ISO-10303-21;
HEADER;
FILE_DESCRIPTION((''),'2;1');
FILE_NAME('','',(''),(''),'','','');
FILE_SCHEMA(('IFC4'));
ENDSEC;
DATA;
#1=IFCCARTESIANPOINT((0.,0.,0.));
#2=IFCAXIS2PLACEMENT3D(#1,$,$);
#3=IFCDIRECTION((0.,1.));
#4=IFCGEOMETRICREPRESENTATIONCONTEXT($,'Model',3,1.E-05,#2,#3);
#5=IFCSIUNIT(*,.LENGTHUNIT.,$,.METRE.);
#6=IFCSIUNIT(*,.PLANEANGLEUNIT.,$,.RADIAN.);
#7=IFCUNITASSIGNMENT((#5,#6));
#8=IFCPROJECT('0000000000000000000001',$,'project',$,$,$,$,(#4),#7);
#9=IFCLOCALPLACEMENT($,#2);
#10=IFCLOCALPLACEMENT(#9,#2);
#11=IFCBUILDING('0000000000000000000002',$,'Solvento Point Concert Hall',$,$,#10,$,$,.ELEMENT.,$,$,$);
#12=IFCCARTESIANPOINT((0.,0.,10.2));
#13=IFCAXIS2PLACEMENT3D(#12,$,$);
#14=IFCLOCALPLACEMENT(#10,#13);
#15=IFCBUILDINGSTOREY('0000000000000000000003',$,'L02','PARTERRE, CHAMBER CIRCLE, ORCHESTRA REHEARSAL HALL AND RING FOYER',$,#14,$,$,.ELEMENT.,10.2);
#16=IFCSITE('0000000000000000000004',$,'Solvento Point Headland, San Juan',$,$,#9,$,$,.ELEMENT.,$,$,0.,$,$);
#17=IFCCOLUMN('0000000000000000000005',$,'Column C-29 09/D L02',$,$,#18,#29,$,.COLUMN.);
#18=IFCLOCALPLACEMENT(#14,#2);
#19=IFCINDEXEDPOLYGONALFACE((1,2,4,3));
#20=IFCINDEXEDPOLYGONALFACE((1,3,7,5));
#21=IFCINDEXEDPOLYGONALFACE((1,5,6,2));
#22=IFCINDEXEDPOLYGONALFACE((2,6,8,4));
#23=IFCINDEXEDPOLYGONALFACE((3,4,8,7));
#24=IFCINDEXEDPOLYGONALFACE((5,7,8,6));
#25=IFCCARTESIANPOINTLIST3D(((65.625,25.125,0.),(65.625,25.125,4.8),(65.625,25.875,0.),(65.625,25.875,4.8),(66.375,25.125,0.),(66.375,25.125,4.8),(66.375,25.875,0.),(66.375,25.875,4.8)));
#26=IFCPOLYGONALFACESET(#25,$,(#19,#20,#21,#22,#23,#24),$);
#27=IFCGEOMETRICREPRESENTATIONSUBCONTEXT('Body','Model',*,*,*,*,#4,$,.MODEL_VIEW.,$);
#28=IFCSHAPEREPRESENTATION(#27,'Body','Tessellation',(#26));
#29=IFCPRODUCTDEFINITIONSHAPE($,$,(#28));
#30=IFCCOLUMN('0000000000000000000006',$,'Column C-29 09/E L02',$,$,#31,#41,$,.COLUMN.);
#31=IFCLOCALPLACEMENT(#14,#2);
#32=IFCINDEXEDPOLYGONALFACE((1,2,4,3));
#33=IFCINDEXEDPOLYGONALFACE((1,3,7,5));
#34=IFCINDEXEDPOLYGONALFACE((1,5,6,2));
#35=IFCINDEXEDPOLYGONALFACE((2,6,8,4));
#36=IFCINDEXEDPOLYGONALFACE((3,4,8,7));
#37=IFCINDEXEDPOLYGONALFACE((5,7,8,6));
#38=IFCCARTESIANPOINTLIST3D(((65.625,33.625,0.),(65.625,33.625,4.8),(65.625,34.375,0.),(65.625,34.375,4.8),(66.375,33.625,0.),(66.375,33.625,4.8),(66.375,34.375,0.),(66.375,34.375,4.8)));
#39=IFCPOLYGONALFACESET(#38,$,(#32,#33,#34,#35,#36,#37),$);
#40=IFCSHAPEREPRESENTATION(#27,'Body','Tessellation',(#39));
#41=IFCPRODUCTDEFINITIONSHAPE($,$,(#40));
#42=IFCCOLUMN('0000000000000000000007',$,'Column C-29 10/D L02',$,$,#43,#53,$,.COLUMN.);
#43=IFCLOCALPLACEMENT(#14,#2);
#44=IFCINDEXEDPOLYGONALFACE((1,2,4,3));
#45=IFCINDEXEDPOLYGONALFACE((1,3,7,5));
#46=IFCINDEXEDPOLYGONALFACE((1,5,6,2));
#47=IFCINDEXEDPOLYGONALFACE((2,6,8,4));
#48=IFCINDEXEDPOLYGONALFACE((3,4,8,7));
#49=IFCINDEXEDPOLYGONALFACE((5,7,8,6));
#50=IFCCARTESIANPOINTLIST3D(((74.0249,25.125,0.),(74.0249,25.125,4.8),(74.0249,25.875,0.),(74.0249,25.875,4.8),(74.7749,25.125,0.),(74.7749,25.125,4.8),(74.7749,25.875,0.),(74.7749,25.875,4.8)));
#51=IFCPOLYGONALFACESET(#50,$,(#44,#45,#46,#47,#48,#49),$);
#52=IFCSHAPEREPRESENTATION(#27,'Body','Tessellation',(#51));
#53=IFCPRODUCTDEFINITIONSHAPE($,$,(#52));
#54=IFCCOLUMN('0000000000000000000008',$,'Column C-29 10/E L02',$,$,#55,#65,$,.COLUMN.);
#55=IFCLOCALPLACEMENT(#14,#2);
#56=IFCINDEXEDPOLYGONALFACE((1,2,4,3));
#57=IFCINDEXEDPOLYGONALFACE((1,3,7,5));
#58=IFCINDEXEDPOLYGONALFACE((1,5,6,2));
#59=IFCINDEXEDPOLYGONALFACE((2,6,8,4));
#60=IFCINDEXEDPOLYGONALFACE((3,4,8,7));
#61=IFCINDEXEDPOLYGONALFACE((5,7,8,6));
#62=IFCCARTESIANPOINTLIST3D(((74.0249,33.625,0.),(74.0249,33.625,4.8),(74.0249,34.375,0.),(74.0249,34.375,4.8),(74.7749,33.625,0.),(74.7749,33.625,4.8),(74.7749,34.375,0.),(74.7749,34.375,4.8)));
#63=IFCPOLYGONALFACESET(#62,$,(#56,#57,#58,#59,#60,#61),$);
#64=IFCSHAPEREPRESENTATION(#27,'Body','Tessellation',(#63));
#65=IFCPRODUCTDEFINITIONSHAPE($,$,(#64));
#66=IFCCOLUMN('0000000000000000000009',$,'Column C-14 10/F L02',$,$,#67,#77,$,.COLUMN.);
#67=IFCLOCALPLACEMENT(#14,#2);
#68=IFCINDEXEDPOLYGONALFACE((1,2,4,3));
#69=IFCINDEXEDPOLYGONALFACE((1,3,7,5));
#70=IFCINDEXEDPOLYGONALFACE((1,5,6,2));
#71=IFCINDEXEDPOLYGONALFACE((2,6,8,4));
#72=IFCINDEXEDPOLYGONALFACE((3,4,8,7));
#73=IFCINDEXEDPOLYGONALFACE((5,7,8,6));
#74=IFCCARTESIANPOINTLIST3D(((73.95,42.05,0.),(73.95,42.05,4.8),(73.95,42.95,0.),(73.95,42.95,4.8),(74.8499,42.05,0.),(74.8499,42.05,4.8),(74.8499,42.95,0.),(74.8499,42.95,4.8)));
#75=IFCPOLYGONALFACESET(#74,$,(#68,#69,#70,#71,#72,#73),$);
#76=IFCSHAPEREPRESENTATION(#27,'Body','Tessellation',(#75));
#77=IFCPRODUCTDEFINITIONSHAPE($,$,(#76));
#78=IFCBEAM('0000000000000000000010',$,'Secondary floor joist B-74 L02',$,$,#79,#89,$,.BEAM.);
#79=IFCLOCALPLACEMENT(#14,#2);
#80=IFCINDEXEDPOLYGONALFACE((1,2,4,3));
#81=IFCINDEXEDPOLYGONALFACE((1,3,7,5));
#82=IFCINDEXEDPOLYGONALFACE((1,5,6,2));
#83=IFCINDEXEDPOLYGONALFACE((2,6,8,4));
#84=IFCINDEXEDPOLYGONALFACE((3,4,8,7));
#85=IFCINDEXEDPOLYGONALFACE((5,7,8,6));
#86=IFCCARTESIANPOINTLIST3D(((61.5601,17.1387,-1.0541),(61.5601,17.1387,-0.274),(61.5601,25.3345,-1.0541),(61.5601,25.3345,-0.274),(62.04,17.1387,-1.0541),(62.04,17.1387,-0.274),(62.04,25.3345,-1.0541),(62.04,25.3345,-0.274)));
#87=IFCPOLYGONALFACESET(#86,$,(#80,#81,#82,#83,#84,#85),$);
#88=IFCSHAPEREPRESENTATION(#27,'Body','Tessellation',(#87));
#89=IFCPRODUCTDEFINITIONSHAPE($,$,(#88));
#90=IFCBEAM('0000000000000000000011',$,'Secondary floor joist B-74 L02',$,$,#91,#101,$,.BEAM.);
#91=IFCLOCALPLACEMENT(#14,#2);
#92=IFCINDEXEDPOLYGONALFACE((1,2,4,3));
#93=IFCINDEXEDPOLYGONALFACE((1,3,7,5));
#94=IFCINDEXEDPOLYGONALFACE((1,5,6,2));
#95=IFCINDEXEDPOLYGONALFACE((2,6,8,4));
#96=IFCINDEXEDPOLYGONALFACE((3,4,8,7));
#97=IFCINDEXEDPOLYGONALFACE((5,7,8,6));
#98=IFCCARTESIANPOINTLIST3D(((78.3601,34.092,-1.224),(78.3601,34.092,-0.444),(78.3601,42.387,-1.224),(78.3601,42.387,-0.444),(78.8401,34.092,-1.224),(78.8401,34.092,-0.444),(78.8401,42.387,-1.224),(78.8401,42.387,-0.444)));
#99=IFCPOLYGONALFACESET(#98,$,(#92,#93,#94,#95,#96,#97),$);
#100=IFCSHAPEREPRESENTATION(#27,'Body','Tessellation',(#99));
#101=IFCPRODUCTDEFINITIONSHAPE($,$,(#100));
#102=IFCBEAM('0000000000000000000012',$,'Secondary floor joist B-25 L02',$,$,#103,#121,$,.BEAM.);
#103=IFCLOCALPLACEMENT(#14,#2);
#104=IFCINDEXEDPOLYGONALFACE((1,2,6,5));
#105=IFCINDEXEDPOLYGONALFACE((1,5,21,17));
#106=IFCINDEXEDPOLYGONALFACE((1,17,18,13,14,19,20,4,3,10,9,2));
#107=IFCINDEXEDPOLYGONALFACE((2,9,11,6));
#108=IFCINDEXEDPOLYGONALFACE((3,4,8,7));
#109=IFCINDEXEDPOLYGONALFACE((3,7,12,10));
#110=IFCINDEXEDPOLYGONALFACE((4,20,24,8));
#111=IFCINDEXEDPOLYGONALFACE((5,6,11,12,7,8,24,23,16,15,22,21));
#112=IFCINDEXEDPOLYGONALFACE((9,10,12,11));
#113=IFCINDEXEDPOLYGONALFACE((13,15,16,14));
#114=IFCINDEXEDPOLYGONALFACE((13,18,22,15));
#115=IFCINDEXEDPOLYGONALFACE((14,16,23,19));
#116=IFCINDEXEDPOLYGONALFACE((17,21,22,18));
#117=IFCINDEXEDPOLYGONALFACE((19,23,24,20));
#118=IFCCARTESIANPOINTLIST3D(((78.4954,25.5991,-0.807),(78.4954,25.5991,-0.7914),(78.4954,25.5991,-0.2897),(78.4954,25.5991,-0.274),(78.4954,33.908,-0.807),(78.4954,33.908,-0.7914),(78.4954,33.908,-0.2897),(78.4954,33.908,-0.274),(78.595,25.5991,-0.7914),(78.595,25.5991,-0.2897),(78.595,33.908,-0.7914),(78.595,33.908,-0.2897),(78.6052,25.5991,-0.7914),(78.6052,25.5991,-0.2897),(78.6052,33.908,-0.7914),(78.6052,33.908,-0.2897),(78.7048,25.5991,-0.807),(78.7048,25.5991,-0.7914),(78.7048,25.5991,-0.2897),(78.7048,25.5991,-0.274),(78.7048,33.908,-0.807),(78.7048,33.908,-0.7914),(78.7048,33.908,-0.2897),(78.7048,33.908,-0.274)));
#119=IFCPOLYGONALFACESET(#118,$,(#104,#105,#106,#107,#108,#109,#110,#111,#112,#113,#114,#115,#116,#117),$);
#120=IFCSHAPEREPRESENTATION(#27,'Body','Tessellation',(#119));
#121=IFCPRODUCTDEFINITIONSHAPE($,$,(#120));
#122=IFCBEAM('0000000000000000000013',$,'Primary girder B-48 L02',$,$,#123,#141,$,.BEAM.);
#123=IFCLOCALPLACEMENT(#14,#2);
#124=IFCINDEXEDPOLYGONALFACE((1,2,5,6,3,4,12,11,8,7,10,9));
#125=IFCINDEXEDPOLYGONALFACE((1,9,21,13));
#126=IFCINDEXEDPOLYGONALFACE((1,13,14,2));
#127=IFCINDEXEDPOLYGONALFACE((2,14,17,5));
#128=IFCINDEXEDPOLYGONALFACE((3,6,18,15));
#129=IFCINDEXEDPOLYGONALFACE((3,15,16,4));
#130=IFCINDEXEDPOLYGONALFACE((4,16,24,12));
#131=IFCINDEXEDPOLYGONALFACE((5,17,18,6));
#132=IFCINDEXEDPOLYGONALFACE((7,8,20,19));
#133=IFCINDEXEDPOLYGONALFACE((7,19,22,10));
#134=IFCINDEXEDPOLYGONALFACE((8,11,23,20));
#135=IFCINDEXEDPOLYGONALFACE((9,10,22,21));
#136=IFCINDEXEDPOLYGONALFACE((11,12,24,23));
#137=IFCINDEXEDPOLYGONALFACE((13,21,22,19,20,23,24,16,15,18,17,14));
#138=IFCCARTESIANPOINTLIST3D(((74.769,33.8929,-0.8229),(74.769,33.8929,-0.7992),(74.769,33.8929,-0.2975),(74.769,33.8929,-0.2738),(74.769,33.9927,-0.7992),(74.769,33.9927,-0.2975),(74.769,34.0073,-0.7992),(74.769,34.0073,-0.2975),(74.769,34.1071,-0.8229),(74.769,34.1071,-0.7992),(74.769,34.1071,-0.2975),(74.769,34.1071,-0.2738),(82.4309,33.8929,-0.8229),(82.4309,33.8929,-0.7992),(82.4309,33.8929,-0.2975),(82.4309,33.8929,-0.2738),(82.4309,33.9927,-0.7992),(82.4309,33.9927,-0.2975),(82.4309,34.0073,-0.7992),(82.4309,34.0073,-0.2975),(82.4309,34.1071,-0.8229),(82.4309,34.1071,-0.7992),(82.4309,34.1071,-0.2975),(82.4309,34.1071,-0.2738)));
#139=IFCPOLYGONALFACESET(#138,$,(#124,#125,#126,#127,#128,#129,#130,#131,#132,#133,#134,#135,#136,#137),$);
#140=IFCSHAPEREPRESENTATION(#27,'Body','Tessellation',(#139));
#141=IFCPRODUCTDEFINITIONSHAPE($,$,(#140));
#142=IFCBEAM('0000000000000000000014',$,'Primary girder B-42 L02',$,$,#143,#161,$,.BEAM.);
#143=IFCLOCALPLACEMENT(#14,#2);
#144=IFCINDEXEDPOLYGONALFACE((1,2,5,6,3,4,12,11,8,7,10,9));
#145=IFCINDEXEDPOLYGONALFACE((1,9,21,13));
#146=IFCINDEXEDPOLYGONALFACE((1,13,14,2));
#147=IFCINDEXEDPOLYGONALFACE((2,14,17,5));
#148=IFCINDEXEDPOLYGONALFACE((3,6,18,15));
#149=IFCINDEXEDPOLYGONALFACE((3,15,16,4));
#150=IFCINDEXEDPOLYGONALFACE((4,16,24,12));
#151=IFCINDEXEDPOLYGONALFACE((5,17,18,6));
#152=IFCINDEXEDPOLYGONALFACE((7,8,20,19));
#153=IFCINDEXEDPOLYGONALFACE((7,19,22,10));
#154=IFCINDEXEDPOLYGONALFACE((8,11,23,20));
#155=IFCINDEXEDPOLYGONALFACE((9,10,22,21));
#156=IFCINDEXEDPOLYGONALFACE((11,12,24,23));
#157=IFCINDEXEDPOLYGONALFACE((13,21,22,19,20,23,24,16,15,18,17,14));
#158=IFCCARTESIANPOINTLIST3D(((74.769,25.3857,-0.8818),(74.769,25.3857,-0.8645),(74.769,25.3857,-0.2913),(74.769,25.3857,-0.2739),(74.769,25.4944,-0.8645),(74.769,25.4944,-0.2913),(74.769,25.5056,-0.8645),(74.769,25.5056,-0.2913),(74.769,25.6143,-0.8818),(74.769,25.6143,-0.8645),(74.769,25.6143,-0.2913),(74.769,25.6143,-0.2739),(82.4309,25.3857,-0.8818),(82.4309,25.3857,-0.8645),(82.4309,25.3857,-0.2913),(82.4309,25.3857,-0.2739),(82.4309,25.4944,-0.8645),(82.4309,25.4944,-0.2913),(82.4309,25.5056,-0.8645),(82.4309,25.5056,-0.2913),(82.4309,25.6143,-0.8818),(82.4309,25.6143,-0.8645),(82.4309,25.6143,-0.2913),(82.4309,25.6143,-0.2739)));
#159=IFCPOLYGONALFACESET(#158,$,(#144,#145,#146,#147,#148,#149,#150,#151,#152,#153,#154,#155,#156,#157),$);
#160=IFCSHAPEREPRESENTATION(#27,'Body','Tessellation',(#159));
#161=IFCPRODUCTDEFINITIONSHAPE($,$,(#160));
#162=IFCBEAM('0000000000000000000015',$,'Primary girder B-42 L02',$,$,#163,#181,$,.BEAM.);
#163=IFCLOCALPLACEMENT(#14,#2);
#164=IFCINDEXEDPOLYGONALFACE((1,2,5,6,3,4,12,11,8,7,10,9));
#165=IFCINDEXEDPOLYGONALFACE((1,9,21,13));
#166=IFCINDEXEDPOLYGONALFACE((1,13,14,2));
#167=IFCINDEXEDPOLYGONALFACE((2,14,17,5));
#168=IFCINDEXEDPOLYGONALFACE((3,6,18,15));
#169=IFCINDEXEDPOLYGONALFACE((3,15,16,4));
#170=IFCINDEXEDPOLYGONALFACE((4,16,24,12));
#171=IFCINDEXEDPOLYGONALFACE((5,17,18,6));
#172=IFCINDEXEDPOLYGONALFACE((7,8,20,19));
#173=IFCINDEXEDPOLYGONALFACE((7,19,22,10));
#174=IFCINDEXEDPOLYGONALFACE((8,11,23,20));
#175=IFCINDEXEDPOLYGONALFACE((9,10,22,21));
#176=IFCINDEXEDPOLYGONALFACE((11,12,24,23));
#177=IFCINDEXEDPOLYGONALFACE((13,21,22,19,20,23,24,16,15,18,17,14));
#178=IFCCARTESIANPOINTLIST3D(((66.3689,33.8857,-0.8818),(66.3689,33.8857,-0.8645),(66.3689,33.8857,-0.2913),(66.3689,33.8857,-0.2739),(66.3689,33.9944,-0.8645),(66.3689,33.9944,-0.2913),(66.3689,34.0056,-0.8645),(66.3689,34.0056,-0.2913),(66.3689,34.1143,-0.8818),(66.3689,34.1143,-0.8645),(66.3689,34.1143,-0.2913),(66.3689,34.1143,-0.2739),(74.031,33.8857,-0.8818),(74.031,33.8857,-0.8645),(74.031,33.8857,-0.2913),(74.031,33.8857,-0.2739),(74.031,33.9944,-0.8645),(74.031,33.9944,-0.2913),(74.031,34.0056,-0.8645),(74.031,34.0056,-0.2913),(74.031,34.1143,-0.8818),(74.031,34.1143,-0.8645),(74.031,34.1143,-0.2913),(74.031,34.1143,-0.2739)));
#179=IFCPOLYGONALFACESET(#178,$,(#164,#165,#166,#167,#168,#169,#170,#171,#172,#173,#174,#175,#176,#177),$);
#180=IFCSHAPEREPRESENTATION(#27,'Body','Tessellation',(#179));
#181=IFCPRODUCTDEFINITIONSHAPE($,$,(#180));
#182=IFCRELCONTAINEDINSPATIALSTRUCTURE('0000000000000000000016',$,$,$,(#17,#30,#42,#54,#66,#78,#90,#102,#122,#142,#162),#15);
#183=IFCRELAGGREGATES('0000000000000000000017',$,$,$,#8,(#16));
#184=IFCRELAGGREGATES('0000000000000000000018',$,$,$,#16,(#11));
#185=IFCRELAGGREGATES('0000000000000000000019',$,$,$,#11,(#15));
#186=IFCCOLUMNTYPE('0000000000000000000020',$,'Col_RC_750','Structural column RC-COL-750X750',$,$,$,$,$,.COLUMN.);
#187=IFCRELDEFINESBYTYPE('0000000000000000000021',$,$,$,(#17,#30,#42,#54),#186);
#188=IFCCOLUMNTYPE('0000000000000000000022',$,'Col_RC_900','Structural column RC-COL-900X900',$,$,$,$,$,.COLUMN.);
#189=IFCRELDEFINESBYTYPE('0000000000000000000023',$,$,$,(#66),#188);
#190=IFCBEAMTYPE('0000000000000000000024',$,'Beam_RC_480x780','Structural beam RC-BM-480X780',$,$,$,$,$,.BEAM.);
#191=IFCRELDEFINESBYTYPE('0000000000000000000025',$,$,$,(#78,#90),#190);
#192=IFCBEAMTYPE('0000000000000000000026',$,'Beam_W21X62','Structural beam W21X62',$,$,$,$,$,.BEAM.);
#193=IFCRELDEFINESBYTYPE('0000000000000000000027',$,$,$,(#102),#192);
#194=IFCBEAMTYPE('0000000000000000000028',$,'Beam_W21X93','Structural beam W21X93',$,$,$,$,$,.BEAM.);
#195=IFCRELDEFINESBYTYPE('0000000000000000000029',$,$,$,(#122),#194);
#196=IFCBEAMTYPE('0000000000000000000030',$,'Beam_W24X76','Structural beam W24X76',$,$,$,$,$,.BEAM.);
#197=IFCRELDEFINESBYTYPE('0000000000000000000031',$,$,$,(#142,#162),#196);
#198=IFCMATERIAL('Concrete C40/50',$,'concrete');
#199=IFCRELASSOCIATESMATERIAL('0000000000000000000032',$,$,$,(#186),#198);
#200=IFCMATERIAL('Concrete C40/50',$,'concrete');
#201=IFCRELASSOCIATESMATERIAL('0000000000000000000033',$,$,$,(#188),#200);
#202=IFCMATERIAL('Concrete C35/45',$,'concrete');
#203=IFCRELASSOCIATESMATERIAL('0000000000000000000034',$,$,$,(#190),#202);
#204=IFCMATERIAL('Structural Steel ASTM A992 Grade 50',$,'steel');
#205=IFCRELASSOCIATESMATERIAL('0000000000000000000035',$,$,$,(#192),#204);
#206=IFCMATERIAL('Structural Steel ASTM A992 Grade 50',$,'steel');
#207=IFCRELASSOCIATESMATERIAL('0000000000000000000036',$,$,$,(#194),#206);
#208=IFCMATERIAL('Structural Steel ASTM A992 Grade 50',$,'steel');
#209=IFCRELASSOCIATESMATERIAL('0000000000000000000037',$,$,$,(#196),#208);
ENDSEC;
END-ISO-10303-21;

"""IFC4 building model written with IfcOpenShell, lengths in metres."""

from ifc_helpers import new_model, si_unit, direction, frame, origin, origin_2d, place, context, subcontext, project, spatial, rectangle, i_section, extrude, material, material_profile, profile_set, type_object, element, save


model = new_model("IFC4")

# Units and contexts
model_context = context("Model", 3, precision=1e-05, world=origin(), true_north=direction((0.0, 1.0)))
body_context = subcontext(model_context, "Body", "Model", "MODEL_VIEW")
ifc_project = project(units=[si_unit("LENGTHUNIT", "METRE"), si_unit("PLANEANGLEUNIT", "RADIAN")], contexts=[model_context])

# Site, building, storey
site_placement = place(None, origin())
site = spatial("IfcSite", under=ifc_project, at=site_placement, Name="Solvento Point Headland, San Juan", CompositionType="ELEMENT", RefElevation=0.0)
building_placement = place(site_placement, origin())
building = spatial("IfcBuilding", under=site, at=building_placement, Name="Solvento Point Concert Hall", CompositionType="ELEMENT")
storey_placement = place(building_placement, frame((0.0, 0.0, 10.2)))
storey = spatial("IfcBuildingStorey", under=building, at=storey_placement, Name="L02", Description="PARTERRE, CHAMBER CIRCLE, ORCHESTRA REHEARSAL HALL AND RING FOYER", CompositionType="ELEMENT", Elevation=10.2)

# Columns
ifc_material_1 = material(Name="Concrete C40/50", Category="concrete")
ifc_material_profile_1 = material_profile(ifc_material_1, rectangle(XDim=0.75, YDim=0.75, at=origin_2d()), Name="RC-COL-750X750")
ifc_profile_set_1 = profile_set([ifc_material_profile_1], Name="Concrete C40/50")
column_type_1 = type_object("IfcColumnType", Name="Col_RC_750", Description="Structural column RC-COL-750X750", PredefinedType="COLUMN", material=ifc_profile_set_1)
for number, where, z_axis, x_axis, name in (
    (1, (66.0, 25.5, 0.0), (0.0, 0.0, 1.0), (1.0, 0.0, 0.0), "Column C-29 09/D L02"),
    (2, (66.0, 34.0, 0.0), (0.0, 0.0, 1.0), (1.0, 0.0, 0.0), "Column C-29 09/E L02"),
    (3, (74.3999, 25.5, 0.0), (0.0, 0.0, 1.0), (1.0, 0.0, 0.0), "Column C-29 10/D L02"),
    (4, (74.3999, 34.0, 0.0), (0.0, 0.0, 1.0), (1.0, 0.0, 0.0), "Column C-29 10/E L02"),
):
    element("IfcColumn", number, at=place(storey_placement, frame(where, z_axis=z_axis, x_axis=x_axis)), inside=storey, type_object=column_type_1, Name=name, PredefinedType="COLUMN", context=body_context, shape_type="SweptSolid", body=[
        extrude(rectangle(XDim=0.75, YDim=0.75, at=origin_2d()), origin(), (0.0, 0.0, 1.0), 4.8),
    ])
ifc_material_2 = material(Name="Concrete C40/50", Category="concrete")
ifc_material_profile_2 = material_profile(ifc_material_2, rectangle(XDim=0.8999, YDim=0.8999, at=origin_2d()), Name="RC-COL-900X900")
ifc_profile_set_2 = profile_set([ifc_material_profile_2], Name="Concrete C40/50")
column_type_2 = type_object("IfcColumnType", Name="Col_RC_900", Description="Structural column RC-COL-900X900", PredefinedType="COLUMN", material=ifc_profile_set_2)
column_placement = place(storey_placement, frame((74.3999, 42.5, 0.0), z_axis=(0.0, 0.0, 1.0), x_axis=(1.0, 0.0, 0.0)))
element("IfcColumn", 5, at=column_placement, inside=storey, type_object=column_type_2, Name="Column C-14 10/F L02", PredefinedType="COLUMN", context=body_context, shape_type="SweptSolid", body=[
    extrude(rectangle(XDim=0.8999, YDim=0.8999, at=origin_2d()), origin(), (0.0, 0.0, 1.0), 4.8),
])

# Beams
ifc_material_3 = material(Name="Concrete C35/45", Category="concrete")
ifc_material_profile_3 = material_profile(ifc_material_3, rectangle(XDim=0.48, YDim=0.78, at=origin_2d()), Name="RC-BM-480X780")
ifc_profile_set_3 = profile_set([ifc_material_profile_3], Name="Concrete C35/45")
beam_type_1 = type_object("IfcBeamType", Name="Beam_RC_480x780", Description="Structural beam RC-BM-480X780", PredefinedType="BEAM", material=ifc_profile_set_3)
beam_1_placement = place(storey_placement, frame((61.8, 17.1387, -0.6641), z_axis=(0.0, 1.0, 0.0), x_axis=(-1.0, 0.0, 0.0)))
element("IfcBeam", 6, at=beam_1_placement, inside=storey, type_object=beam_type_1, Name="Secondary floor joist B-74 L02", PredefinedType="BEAM", context=body_context, shape_type="SweptSolid", body=[
    extrude(rectangle(XDim=0.48, YDim=0.78, at=origin_2d()), origin(), (0.0, 0.0, 1.0), 8.1958),
])
beam_2_placement = place(storey_placement, frame((78.6001, 34.092, -0.834), z_axis=(0.0, 1.0, 0.0), x_axis=(-1.0, 0.0, 0.0)))
element("IfcBeam", 7, at=beam_2_placement, inside=storey, type_object=beam_type_1, Name="Secondary floor joist B-74 L02", PredefinedType="BEAM", context=body_context, shape_type="SweptSolid", body=[
    extrude(rectangle(XDim=0.48, YDim=0.78, at=origin_2d()), origin(), (0.0, 0.0, 1.0), 8.2949),
])
ifc_material_4 = material(Name="Structural Steel ASTM A992 Grade 50", Category="steel")
ifc_material_profile_4 = material_profile(ifc_material_4, i_section(OverallWidth=0.2095, OverallDepth=0.533, WebThickness=0.0103, FlangeThickness=0.0156, at=origin_2d()), Name="W21X62")
ifc_profile_set_4 = profile_set([ifc_material_profile_4], Name="Structural Steel ASTM A992 Grade 50")
beam_type_2 = type_object("IfcBeamType", Name="Beam_W21X62", Description="Structural beam W21X62", PredefinedType="BEAM", material=ifc_profile_set_4)
beam_3_placement = place(storey_placement, frame((78.6001, 25.5991, -0.5405), z_axis=(0.0, 1.0, 0.0), x_axis=(-1.0, 0.0, 0.0)))
element("IfcBeam", 8, at=beam_3_placement, inside=storey, type_object=beam_type_2, Name="Secondary floor joist B-25 L02", PredefinedType="BEAM", context=body_context, shape_type="SweptSolid", body=[
    extrude(i_section(OverallWidth=0.2095, OverallDepth=0.533, WebThickness=0.0103, FlangeThickness=0.0156, at=origin_2d()), origin(), (0.0, 0.0, 1.0), 8.3088),
])
ifc_material_5 = material(Name="Structural Steel ASTM A992 Grade 50", Category="steel")
ifc_material_profile_5 = material_profile(ifc_material_5, i_section(OverallWidth=0.2141, OverallDepth=0.5491, WebThickness=0.0146, FlangeThickness=0.0237, at=origin_2d()), Name="W21X93")
ifc_profile_set_5 = profile_set([ifc_material_profile_5], Name="Structural Steel ASTM A992 Grade 50")
beam_type_3 = type_object("IfcBeamType", Name="Beam_W21X93", Description="Structural beam W21X93", PredefinedType="BEAM", material=ifc_profile_set_5)
beam_4_placement = place(storey_placement, frame((74.769, 34.0, -0.5483), z_axis=(1.0, 0.0, 0.0), x_axis=(0.0, 1.0, 0.0)))
element("IfcBeam", 9, at=beam_4_placement, inside=storey, type_object=beam_type_3, Name="Primary girder B-48 L02", PredefinedType="BEAM", context=body_context, shape_type="SweptSolid", body=[
    extrude(i_section(OverallWidth=0.2141, OverallDepth=0.5491, WebThickness=0.0146, FlangeThickness=0.0237, at=origin_2d()), origin(), (0.0, 0.0, 1.0), 7.6619),
])
ifc_material_6 = material(Name="Structural Steel ASTM A992 Grade 50", Category="steel")
ifc_material_profile_6 = material_profile(ifc_material_6, i_section(OverallWidth=0.2285, OverallDepth=0.6079, WebThickness=0.0112, FlangeThickness=0.0173, at=origin_2d()), Name="W24X76")
ifc_profile_set_6 = profile_set([ifc_material_profile_6], Name="Structural Steel ASTM A992 Grade 50")
beam_type_4 = type_object("IfcBeamType", Name="Beam_W24X76", Description="Structural beam W24X76", PredefinedType="BEAM", material=ifc_profile_set_6)
beam_5_placement = place(storey_placement, frame((74.769, 25.5, -0.5779), z_axis=(1.0, 0.0, 0.0), x_axis=(0.0, 1.0, 0.0)))
element("IfcBeam", 10, at=beam_5_placement, inside=storey, type_object=beam_type_4, Name="Primary girder B-42 L02", PredefinedType="BEAM", context=body_context, shape_type="SweptSolid", body=[
    extrude(i_section(OverallWidth=0.2285, OverallDepth=0.6079, WebThickness=0.0112, FlangeThickness=0.0173, at=origin_2d()), origin(), (0.0, 0.0, 1.0), 7.6619),
])
beam_6_placement = place(storey_placement, frame((66.3689, 34.0, -0.5779), z_axis=(1.0, 0.0, 0.0), x_axis=(0.0, 1.0, 0.0)))
element("IfcBeam", 11, at=beam_6_placement, inside=storey, type_object=beam_type_4, Name="Primary girder B-42 L02", PredefinedType="BEAM", context=body_context, shape_type="SweptSolid", body=[
    extrude(i_section(OverallWidth=0.2285, OverallDepth=0.6079, WebThickness=0.0112, FlangeThickness=0.0173, at=origin_2d()), origin(), (0.0, 0.0, 1.0), 7.6621),
])

save(model, "model.ifc")
